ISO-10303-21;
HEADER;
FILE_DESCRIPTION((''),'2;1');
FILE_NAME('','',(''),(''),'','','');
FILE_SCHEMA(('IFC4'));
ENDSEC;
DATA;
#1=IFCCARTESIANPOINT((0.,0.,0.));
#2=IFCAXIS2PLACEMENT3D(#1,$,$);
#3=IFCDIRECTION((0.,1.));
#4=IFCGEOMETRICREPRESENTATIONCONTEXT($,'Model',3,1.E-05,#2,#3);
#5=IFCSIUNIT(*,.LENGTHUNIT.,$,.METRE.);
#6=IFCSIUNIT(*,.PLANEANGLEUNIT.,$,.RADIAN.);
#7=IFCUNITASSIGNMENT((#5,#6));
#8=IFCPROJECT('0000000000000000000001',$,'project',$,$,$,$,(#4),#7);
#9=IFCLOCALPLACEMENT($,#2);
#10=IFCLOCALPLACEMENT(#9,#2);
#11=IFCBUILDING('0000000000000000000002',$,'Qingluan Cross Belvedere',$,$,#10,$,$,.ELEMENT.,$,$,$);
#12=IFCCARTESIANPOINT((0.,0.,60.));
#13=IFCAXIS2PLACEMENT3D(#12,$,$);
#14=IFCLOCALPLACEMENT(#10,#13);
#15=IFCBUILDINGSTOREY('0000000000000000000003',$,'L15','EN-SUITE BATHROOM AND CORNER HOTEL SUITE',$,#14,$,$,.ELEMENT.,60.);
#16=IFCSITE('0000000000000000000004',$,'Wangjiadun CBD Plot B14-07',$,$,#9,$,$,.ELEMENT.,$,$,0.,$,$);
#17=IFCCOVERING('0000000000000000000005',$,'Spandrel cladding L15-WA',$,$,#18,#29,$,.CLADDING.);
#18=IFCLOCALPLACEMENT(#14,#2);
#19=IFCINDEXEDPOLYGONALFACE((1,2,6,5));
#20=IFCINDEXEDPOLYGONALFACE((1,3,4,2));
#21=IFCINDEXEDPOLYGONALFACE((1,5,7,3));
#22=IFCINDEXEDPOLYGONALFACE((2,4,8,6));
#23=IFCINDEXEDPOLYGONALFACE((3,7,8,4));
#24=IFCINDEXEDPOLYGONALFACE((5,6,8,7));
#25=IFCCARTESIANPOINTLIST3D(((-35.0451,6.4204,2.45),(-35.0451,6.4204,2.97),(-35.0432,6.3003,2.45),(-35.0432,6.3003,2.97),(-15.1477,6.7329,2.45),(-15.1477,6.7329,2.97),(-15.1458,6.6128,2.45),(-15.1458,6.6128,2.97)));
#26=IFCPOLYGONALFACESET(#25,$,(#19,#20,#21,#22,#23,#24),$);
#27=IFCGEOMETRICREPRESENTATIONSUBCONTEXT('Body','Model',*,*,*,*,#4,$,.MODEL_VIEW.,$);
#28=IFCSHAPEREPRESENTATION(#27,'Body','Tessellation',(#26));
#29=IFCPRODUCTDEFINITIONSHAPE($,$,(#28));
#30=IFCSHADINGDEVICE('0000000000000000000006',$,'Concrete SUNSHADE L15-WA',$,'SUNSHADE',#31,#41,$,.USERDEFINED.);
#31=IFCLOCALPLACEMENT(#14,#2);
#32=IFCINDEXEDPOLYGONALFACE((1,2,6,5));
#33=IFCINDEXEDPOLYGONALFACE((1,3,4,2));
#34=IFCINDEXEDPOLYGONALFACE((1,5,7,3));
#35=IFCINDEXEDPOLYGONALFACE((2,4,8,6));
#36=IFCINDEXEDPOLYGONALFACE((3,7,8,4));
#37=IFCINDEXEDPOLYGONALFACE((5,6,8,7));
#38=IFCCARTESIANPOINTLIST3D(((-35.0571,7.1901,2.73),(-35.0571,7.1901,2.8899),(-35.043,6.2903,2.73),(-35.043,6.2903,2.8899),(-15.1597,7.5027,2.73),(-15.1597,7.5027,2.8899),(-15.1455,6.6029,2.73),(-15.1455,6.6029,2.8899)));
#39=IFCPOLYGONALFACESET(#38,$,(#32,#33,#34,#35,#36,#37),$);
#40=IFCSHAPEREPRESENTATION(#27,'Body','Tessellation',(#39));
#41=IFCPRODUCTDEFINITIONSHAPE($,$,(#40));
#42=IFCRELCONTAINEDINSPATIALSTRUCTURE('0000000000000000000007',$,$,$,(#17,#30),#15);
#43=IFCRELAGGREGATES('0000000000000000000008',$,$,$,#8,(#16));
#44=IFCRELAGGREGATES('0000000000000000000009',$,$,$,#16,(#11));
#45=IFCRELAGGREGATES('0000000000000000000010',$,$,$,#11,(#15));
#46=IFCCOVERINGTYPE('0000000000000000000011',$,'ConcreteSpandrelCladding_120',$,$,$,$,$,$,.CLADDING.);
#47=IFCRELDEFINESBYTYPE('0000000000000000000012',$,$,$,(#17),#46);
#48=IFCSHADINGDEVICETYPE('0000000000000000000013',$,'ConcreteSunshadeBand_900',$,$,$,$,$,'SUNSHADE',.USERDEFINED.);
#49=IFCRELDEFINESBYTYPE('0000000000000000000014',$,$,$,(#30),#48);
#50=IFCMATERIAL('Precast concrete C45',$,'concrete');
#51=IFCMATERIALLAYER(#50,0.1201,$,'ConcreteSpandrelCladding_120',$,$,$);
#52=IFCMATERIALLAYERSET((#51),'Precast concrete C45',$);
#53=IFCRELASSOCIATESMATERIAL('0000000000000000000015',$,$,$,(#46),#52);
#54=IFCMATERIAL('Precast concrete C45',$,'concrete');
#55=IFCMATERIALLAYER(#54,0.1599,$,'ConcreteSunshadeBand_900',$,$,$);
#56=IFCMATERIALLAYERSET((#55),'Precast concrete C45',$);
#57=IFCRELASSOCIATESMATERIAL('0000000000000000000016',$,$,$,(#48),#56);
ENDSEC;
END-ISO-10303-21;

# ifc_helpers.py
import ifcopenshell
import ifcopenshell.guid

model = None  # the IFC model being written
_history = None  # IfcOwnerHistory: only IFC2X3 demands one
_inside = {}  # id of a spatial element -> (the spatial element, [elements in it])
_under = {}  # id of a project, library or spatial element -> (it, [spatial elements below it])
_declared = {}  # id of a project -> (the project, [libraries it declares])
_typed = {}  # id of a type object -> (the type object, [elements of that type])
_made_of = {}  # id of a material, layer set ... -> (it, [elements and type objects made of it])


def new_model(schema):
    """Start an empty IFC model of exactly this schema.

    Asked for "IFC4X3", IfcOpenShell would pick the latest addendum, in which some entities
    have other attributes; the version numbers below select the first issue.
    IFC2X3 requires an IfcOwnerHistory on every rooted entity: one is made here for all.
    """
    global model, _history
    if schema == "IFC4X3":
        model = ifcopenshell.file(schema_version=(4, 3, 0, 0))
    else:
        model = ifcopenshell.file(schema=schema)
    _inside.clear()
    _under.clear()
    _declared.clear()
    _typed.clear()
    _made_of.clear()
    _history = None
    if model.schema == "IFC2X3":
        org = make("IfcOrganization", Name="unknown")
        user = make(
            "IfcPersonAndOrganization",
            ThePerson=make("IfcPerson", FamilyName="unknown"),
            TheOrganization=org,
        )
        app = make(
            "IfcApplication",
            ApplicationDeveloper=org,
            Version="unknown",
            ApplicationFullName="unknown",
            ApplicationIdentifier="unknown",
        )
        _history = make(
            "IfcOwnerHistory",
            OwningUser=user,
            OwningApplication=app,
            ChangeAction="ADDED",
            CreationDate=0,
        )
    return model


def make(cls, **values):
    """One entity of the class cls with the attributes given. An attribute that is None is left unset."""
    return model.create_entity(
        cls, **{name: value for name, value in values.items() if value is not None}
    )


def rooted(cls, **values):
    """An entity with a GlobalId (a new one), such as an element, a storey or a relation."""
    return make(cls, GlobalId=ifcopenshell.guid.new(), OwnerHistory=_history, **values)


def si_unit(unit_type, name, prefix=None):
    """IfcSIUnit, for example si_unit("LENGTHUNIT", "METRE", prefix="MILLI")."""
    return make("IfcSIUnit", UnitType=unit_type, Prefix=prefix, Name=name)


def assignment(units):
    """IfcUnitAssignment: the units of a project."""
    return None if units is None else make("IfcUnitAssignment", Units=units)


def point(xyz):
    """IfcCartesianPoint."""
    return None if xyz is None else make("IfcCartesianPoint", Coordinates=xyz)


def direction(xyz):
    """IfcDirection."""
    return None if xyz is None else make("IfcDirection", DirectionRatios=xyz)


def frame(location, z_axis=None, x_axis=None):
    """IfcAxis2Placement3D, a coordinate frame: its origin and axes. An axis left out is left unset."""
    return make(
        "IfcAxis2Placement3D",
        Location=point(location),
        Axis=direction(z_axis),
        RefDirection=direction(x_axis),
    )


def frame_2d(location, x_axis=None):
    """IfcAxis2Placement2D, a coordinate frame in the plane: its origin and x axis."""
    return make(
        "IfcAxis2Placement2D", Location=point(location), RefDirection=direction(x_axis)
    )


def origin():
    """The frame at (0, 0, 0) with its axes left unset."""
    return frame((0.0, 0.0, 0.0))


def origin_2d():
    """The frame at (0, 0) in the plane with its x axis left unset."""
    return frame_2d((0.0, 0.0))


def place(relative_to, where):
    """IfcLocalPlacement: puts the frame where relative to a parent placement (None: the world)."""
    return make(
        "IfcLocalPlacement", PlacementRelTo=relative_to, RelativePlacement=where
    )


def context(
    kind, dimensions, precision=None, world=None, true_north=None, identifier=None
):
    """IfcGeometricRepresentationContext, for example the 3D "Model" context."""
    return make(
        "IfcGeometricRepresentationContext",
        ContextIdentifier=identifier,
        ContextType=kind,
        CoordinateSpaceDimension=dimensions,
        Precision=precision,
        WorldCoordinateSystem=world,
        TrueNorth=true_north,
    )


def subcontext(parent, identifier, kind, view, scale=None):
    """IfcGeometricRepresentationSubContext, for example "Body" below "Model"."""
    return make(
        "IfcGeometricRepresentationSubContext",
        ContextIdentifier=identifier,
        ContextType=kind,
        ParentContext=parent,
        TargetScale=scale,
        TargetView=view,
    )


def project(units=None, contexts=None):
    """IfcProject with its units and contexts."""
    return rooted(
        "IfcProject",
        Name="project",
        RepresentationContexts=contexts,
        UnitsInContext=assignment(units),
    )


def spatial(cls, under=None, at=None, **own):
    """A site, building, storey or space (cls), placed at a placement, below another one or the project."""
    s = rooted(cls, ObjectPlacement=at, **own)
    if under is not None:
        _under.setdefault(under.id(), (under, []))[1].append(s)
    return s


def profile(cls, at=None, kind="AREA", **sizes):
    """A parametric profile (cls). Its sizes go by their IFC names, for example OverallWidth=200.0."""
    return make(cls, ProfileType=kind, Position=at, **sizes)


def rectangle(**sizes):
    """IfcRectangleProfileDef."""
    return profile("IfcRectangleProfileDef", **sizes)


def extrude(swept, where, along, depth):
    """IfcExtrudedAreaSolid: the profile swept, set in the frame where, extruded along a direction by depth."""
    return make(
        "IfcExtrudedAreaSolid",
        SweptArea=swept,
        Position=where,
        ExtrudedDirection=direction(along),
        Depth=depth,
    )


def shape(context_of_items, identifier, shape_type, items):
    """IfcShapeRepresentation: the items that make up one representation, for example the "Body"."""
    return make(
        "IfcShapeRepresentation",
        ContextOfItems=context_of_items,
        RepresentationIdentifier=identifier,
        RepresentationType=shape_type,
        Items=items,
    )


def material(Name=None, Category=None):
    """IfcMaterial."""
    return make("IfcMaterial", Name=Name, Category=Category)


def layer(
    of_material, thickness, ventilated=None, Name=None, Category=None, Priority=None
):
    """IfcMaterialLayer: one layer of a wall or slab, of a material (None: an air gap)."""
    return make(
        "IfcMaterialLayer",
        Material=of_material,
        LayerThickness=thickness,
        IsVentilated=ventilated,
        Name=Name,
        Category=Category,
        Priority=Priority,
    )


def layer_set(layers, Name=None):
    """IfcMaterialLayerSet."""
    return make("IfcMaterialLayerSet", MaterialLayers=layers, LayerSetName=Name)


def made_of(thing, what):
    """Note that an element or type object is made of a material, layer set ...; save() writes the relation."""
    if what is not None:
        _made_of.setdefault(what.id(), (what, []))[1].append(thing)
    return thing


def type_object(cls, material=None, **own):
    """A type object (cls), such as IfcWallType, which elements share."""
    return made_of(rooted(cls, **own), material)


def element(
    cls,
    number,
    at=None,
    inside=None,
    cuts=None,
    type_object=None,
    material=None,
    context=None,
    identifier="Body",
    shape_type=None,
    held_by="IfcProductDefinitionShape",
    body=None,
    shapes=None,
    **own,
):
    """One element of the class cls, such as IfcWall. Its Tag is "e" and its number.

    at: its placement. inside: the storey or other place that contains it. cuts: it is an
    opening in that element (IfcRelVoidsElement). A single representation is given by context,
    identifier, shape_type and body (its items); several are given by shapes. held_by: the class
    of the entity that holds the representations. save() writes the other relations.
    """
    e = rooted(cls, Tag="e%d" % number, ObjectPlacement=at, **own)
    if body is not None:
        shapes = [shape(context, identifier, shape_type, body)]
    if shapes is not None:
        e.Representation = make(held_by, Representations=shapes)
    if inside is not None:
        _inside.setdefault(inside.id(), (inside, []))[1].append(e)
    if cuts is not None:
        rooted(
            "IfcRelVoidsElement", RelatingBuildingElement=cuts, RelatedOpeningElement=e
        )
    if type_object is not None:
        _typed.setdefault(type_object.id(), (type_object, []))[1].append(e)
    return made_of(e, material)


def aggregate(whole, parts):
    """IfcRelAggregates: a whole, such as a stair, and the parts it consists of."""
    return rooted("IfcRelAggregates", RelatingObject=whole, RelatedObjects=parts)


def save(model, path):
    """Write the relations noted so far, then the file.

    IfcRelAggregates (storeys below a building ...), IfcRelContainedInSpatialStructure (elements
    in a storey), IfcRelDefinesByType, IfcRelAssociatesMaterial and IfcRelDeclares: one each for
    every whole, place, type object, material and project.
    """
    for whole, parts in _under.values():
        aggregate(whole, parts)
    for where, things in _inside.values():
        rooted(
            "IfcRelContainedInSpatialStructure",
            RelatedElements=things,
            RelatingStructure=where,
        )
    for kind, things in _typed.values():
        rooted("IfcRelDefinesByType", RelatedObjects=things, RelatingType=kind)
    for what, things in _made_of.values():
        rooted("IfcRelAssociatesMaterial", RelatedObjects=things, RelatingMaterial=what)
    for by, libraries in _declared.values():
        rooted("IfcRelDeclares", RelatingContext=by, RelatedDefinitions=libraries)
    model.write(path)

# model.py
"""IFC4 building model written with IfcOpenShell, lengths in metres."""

from ifc_helpers import new_model, si_unit, direction, frame, origin, origin_2d, place, context, subcontext, project, spatial, rectangle, extrude, material, layer, layer_set, type_object, element, save


model = new_model("IFC4")

# Units and contexts
model_context = context("Model", 3, precision=1e-05, world=origin(), true_north=direction((0.0, 1.0)))
body_context = subcontext(model_context, "Body", "Model", "MODEL_VIEW")
ifc_project = project(units=[si_unit("LENGTHUNIT", "METRE"), si_unit("PLANEANGLEUNIT", "RADIAN")], contexts=[model_context])

# Site, building, storey
site_placement = place(None, origin())
site = spatial("IfcSite", under=ifc_project, at=site_placement, Name="Wangjiadun CBD Plot B14-07", CompositionType="ELEMENT", RefElevation=0.0)
building_placement = place(site_placement, origin())
building = spatial("IfcBuilding", under=site, at=building_placement, Name="Qingluan Cross Belvedere", CompositionType="ELEMENT")
storey_placement = place(building_placement, frame((0.0, 0.0, 60.0)))
storey = spatial("IfcBuildingStorey", under=building, at=storey_placement, Name="L15", Description="EN-SUITE BATHROOM AND CORNER HOTEL SUITE", CompositionType="ELEMENT", Elevation=60.0)

# Covering
ifc_material_1 = material(Name="Precast concrete C45", Category="concrete")
ifc_layer_1 = layer(ifc_material_1, 0.1201, Name="ConcreteSpandrelCladding_120")
ifc_layer_set_1 = layer_set([ifc_layer_1], Name="Precast concrete C45")
covering_type = type_object("IfcCoveringType", Name="ConcreteSpandrelCladding_120", PredefinedType="CLADDING", material=ifc_layer_set_1)
covering_placement = place(storey_placement, frame((-25.0955, 6.5166, 2.45), z_axis=(0.0, 0.0, 1.0), x_axis=(-0.999877, -0.015706, 0.0)))
element("IfcCovering", 1, at=covering_placement, inside=storey, type_object=covering_type, Name="Spandrel cladding L15-WA", PredefinedType="CLADDING", context=body_context, shape_type="SweptSolid", body=[
    extrude(rectangle(XDim=19.8999, YDim=0.1201, at=origin_2d()), origin(), (0.0, 0.0, 1.0), 0.52),
])

# Shading device
ifc_material_2 = material(Name="Precast concrete C45", Category="concrete")
ifc_layer_2 = layer(ifc_material_2, 0.1599, Name="ConcreteSunshadeBand_900")
ifc_layer_set_2 = layer_set([ifc_layer_2], Name="Precast concrete C45")
shading_device_type = type_object("IfcShadingDeviceType", Name="ConcreteSunshadeBand_900", ElementType="SUNSHADE", PredefinedType="USERDEFINED", material=ifc_layer_set_2)
shading_device_placement = place(storey_placement, frame((-25.1013, 6.8965, 2.73), z_axis=(0.0, 0.0, 1.0), x_axis=(-0.999877, -0.015706, 0.0)))
element("IfcShadingDevice", 2, at=shading_device_placement, inside=storey, type_object=shading_device_type, Name="Concrete SUNSHADE L15-WA", ObjectType="SUNSHADE", PredefinedType="USERDEFINED", context=body_context, shape_type="SweptSolid", body=[
    extrude(rectangle(XDim=19.8999, YDim=0.8999, at=origin_2d()), origin(), (0.0, 0.0, 1.0), 0.1599),
])

save(model, "model.ifc")
